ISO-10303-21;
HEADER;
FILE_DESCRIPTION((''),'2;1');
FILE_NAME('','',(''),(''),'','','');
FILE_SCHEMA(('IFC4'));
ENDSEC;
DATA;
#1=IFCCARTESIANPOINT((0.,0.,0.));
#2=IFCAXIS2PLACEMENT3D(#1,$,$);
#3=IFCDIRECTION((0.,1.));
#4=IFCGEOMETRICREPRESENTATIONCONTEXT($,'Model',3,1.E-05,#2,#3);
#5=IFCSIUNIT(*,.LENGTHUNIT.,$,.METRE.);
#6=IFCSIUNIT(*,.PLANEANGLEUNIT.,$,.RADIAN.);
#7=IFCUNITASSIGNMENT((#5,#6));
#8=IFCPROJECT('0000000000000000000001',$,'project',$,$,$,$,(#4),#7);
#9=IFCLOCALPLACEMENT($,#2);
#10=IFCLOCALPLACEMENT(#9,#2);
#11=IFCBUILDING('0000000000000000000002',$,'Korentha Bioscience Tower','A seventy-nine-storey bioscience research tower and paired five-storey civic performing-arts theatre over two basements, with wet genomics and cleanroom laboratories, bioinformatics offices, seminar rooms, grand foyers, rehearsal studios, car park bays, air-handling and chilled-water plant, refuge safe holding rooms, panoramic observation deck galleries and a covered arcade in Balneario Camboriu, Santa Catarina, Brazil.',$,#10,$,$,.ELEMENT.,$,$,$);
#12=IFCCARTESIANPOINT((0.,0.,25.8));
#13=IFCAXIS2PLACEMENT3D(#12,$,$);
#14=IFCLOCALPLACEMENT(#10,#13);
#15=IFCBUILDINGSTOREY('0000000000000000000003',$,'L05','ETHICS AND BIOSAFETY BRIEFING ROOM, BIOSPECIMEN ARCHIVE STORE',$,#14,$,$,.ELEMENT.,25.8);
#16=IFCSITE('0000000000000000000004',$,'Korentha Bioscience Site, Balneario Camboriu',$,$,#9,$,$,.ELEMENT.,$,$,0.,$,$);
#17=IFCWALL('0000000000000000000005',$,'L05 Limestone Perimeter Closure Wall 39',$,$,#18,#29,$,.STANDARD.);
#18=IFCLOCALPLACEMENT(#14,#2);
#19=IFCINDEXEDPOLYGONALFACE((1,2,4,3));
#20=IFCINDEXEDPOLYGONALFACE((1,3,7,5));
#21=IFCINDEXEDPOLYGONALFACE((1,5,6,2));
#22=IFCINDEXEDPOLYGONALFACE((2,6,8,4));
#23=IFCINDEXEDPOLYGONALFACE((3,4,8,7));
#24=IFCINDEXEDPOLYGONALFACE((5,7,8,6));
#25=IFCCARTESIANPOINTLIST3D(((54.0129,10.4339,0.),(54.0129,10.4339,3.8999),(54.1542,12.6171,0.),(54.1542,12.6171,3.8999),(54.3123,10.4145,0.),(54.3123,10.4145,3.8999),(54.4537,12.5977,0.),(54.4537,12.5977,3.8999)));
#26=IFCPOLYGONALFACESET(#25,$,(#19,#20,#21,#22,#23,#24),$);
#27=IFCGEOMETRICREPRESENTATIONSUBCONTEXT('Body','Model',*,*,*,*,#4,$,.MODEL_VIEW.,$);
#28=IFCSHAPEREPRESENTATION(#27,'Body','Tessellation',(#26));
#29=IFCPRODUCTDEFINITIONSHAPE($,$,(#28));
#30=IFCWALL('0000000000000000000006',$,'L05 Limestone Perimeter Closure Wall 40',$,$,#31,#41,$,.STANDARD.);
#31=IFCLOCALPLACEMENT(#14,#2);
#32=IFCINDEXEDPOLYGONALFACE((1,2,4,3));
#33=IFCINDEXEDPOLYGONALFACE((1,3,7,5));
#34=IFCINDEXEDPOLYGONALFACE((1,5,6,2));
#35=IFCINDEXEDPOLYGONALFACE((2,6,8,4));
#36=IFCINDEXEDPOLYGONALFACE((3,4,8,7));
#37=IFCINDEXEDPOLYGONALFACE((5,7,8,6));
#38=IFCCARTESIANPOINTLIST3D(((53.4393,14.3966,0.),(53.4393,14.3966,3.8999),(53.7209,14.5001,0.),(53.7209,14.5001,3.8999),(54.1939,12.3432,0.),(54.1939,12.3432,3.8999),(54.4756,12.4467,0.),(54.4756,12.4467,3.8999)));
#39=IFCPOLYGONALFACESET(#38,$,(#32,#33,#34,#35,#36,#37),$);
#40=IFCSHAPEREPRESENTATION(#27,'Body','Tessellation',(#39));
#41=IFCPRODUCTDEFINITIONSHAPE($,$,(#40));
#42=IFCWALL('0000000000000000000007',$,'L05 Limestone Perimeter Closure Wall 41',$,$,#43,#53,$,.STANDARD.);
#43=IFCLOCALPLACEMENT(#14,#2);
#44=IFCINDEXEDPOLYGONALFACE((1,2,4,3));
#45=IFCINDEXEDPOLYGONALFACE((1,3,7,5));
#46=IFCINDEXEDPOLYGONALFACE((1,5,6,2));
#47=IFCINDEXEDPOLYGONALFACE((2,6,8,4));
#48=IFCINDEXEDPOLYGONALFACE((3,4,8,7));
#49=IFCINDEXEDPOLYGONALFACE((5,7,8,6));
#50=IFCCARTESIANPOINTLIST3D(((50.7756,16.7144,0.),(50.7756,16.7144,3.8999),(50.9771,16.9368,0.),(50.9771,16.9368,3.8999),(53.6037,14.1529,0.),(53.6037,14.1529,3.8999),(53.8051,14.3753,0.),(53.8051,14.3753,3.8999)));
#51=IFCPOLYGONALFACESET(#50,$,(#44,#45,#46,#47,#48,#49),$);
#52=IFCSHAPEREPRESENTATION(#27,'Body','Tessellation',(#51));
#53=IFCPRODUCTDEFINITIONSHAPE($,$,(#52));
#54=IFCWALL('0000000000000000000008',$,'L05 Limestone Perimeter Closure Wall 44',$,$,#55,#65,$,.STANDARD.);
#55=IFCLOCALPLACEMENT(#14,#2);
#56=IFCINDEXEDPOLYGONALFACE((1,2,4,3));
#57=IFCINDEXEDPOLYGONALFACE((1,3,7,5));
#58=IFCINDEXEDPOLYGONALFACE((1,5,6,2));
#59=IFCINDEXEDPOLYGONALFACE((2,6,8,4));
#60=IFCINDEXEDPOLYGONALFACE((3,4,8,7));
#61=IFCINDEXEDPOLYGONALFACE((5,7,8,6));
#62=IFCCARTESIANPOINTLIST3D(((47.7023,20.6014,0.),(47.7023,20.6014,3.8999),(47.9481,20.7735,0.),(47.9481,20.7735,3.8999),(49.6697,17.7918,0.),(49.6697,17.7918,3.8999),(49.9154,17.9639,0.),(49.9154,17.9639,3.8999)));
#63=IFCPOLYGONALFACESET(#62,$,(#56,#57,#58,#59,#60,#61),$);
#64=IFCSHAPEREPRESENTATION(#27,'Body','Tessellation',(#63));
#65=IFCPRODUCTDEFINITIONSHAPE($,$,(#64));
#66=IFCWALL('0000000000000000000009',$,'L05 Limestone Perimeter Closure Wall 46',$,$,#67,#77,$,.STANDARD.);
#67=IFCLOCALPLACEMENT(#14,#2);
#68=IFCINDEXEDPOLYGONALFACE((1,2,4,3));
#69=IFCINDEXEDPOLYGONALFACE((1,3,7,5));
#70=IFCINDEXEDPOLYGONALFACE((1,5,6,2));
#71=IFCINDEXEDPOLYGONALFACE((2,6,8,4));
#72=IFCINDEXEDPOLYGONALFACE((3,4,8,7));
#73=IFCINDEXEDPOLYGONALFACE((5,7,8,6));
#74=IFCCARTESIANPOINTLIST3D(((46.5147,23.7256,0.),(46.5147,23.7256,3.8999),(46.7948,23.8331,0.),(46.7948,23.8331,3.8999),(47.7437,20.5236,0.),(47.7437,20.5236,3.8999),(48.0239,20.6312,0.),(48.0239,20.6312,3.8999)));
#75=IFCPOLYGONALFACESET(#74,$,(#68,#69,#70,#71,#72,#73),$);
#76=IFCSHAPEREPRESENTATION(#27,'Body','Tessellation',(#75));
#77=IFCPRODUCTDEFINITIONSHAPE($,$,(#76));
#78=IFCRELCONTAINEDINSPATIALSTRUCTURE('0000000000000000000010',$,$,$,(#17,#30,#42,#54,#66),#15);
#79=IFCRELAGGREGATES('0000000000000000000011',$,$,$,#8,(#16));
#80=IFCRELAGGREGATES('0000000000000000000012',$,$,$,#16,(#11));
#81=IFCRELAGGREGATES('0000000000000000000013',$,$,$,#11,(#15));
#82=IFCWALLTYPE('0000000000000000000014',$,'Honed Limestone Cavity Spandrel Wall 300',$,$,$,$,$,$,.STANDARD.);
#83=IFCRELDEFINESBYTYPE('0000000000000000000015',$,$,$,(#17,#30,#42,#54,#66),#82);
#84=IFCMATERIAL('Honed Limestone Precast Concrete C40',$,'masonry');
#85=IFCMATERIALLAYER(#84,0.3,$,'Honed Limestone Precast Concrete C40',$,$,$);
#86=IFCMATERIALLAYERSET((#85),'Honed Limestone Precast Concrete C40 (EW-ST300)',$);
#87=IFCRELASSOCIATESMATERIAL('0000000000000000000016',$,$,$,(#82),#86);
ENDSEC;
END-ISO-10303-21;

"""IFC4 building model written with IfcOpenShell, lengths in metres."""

from ifc_helpers import new_model, si_unit, direction, frame, frame_2d, origin, place, context, subcontext, project, spatial, rectangle, extrude, material, layer, layer_set, type_object, element, save


model = new_model("IFC4")

# Units and contexts
model_context = context("Model", 3, precision=1e-05, world=origin(), true_north=direction((0.0, 1.0)))
body_context = subcontext(model_context, "Body", "Model", "MODEL_VIEW")
ifc_project = project(units=[si_unit("LENGTHUNIT", "METRE"), si_unit("PLANEANGLEUNIT", "RADIAN")], contexts=[model_context])

# Site, building, storey
site_placement = place(None, origin())
site = spatial("IfcSite", under=ifc_project, at=site_placement, Name="Korentha Bioscience Site, Balneario Camboriu", CompositionType="ELEMENT", RefElevation=0.0)
building_placement = place(site_placement, origin())
building = spatial("IfcBuilding", under=site, at=building_placement, Name="Korentha Bioscience Tower", Description="A seventy-nine-storey bioscience research tower and paired five-storey civic performing-arts theatre over two basements, with wet genomics and cleanroom laboratories, bioinformatics offices, seminar rooms, grand foyers, rehearsal studios, car park bays, air-handling and chilled-water plant, refuge safe holding rooms, panoramic observation deck galleries and a covered arcade in Balneario Camboriu, Santa Catarina, Brazil.", CompositionType="ELEMENT")
storey_placement = place(building_placement, frame((0.0, 0.0, 25.8)))
storey = spatial("IfcBuildingStorey", under=building, at=storey_placement, Name="L05", Description="ETHICS AND BIOSAFETY BRIEFING ROOM, BIOSPECIMEN ARCHIVE STORE", CompositionType="ELEMENT", Elevation=25.8)

# Walls
ifc_material_1 = material(Name="Honed Limestone Precast Concrete C40", Category="masonry")
ifc_layer_1 = layer(ifc_material_1, 0.3, Name="Honed Limestone Precast Concrete C40")
ifc_layer_set_1 = layer_set([ifc_layer_1], Name="Honed Limestone Precast Concrete C40 (EW-ST300)")
wall_type = type_object("IfcWallType", Name="Honed Limestone Cavity Spandrel Wall 300", PredefinedType="STANDARD", material=ifc_layer_set_1)
for number, where, z_axis, x_axis, name in (
    (1, (54.1626, 10.4243, 0.0), (0.0, 0.0, 1.0), (0.064615, 0.99791, 0.0), "L05 Limestone Perimeter Closure Wall 39"),
    (2, (54.3347, 12.395, 0.0), (0.0, 0.0, 1.0), (-0.34494, 0.938625, 0.0), "L05 Limestone Perimeter Closure Wall 40"),
):
    element("IfcWall", number, at=place(storey_placement, frame(where, z_axis=z_axis, x_axis=x_axis)), inside=storey, type_object=wall_type, Name=name, PredefinedType="STANDARD", context=body_context, shape_type="SweptSolid", body=[
        extrude(rectangle(XDim=2.1877, YDim=0.3, at=frame_2d((1.0938, 0.0))), origin(), (0.0, 0.0, 1.0), 3.8999),
    ])
wall_1_placement = place(storey_placement, frame((53.7043, 14.2642, 0.0), z_axis=(0.0, 0.0, 1.0), x_axis=(-0.741178, 0.671309, 0.0)))
element("IfcWall", 3, at=wall_1_placement, inside=storey, type_object=wall_type, Name="L05 Limestone Perimeter Closure Wall 41", PredefinedType="STANDARD", context=body_context, shape_type="SweptSolid", body=[
    extrude(rectangle(XDim=3.8157, YDim=0.3, at=frame_2d((1.9077, 0.0))), origin(), (0.0, 0.0, 1.0), 3.8999),
])
wall_2_placement = place(storey_placement, frame((49.7925, 17.8779, 0.0), z_axis=(0.0, 0.0, 1.0), x_axis=(-0.573577, 0.819152, 0.0)))
element("IfcWall", 4, at=wall_2_placement, inside=storey, type_object=wall_type, Name="L05 Limestone Perimeter Closure Wall 44", PredefinedType="STANDARD", context=body_context, shape_type="SweptSolid", body=[
    extrude(rectangle(XDim=3.4299, YDim=0.3, at=frame_2d((1.7148, 0.0))), origin(), (0.0, 0.0, 1.0), 3.8999),
])
wall_3_placement = place(storey_placement, frame((47.8838, 20.5774, 0.0), z_axis=(0.0, 0.0, 1.0), x_axis=(-0.358345, 0.933589, 0.0)))
element("IfcWall", 5, at=wall_3_placement, inside=storey, type_object=wall_type, Name="L05 Limestone Perimeter Closure Wall 46", PredefinedType="STANDARD", context=body_context, shape_type="SweptSolid", body=[
    extrude(rectangle(XDim=3.4297, YDim=0.3, at=frame_2d((1.7148, 0.0))), origin(), (0.0, 0.0, 1.0), 3.8999),
])

save(model, "model.ifc")
